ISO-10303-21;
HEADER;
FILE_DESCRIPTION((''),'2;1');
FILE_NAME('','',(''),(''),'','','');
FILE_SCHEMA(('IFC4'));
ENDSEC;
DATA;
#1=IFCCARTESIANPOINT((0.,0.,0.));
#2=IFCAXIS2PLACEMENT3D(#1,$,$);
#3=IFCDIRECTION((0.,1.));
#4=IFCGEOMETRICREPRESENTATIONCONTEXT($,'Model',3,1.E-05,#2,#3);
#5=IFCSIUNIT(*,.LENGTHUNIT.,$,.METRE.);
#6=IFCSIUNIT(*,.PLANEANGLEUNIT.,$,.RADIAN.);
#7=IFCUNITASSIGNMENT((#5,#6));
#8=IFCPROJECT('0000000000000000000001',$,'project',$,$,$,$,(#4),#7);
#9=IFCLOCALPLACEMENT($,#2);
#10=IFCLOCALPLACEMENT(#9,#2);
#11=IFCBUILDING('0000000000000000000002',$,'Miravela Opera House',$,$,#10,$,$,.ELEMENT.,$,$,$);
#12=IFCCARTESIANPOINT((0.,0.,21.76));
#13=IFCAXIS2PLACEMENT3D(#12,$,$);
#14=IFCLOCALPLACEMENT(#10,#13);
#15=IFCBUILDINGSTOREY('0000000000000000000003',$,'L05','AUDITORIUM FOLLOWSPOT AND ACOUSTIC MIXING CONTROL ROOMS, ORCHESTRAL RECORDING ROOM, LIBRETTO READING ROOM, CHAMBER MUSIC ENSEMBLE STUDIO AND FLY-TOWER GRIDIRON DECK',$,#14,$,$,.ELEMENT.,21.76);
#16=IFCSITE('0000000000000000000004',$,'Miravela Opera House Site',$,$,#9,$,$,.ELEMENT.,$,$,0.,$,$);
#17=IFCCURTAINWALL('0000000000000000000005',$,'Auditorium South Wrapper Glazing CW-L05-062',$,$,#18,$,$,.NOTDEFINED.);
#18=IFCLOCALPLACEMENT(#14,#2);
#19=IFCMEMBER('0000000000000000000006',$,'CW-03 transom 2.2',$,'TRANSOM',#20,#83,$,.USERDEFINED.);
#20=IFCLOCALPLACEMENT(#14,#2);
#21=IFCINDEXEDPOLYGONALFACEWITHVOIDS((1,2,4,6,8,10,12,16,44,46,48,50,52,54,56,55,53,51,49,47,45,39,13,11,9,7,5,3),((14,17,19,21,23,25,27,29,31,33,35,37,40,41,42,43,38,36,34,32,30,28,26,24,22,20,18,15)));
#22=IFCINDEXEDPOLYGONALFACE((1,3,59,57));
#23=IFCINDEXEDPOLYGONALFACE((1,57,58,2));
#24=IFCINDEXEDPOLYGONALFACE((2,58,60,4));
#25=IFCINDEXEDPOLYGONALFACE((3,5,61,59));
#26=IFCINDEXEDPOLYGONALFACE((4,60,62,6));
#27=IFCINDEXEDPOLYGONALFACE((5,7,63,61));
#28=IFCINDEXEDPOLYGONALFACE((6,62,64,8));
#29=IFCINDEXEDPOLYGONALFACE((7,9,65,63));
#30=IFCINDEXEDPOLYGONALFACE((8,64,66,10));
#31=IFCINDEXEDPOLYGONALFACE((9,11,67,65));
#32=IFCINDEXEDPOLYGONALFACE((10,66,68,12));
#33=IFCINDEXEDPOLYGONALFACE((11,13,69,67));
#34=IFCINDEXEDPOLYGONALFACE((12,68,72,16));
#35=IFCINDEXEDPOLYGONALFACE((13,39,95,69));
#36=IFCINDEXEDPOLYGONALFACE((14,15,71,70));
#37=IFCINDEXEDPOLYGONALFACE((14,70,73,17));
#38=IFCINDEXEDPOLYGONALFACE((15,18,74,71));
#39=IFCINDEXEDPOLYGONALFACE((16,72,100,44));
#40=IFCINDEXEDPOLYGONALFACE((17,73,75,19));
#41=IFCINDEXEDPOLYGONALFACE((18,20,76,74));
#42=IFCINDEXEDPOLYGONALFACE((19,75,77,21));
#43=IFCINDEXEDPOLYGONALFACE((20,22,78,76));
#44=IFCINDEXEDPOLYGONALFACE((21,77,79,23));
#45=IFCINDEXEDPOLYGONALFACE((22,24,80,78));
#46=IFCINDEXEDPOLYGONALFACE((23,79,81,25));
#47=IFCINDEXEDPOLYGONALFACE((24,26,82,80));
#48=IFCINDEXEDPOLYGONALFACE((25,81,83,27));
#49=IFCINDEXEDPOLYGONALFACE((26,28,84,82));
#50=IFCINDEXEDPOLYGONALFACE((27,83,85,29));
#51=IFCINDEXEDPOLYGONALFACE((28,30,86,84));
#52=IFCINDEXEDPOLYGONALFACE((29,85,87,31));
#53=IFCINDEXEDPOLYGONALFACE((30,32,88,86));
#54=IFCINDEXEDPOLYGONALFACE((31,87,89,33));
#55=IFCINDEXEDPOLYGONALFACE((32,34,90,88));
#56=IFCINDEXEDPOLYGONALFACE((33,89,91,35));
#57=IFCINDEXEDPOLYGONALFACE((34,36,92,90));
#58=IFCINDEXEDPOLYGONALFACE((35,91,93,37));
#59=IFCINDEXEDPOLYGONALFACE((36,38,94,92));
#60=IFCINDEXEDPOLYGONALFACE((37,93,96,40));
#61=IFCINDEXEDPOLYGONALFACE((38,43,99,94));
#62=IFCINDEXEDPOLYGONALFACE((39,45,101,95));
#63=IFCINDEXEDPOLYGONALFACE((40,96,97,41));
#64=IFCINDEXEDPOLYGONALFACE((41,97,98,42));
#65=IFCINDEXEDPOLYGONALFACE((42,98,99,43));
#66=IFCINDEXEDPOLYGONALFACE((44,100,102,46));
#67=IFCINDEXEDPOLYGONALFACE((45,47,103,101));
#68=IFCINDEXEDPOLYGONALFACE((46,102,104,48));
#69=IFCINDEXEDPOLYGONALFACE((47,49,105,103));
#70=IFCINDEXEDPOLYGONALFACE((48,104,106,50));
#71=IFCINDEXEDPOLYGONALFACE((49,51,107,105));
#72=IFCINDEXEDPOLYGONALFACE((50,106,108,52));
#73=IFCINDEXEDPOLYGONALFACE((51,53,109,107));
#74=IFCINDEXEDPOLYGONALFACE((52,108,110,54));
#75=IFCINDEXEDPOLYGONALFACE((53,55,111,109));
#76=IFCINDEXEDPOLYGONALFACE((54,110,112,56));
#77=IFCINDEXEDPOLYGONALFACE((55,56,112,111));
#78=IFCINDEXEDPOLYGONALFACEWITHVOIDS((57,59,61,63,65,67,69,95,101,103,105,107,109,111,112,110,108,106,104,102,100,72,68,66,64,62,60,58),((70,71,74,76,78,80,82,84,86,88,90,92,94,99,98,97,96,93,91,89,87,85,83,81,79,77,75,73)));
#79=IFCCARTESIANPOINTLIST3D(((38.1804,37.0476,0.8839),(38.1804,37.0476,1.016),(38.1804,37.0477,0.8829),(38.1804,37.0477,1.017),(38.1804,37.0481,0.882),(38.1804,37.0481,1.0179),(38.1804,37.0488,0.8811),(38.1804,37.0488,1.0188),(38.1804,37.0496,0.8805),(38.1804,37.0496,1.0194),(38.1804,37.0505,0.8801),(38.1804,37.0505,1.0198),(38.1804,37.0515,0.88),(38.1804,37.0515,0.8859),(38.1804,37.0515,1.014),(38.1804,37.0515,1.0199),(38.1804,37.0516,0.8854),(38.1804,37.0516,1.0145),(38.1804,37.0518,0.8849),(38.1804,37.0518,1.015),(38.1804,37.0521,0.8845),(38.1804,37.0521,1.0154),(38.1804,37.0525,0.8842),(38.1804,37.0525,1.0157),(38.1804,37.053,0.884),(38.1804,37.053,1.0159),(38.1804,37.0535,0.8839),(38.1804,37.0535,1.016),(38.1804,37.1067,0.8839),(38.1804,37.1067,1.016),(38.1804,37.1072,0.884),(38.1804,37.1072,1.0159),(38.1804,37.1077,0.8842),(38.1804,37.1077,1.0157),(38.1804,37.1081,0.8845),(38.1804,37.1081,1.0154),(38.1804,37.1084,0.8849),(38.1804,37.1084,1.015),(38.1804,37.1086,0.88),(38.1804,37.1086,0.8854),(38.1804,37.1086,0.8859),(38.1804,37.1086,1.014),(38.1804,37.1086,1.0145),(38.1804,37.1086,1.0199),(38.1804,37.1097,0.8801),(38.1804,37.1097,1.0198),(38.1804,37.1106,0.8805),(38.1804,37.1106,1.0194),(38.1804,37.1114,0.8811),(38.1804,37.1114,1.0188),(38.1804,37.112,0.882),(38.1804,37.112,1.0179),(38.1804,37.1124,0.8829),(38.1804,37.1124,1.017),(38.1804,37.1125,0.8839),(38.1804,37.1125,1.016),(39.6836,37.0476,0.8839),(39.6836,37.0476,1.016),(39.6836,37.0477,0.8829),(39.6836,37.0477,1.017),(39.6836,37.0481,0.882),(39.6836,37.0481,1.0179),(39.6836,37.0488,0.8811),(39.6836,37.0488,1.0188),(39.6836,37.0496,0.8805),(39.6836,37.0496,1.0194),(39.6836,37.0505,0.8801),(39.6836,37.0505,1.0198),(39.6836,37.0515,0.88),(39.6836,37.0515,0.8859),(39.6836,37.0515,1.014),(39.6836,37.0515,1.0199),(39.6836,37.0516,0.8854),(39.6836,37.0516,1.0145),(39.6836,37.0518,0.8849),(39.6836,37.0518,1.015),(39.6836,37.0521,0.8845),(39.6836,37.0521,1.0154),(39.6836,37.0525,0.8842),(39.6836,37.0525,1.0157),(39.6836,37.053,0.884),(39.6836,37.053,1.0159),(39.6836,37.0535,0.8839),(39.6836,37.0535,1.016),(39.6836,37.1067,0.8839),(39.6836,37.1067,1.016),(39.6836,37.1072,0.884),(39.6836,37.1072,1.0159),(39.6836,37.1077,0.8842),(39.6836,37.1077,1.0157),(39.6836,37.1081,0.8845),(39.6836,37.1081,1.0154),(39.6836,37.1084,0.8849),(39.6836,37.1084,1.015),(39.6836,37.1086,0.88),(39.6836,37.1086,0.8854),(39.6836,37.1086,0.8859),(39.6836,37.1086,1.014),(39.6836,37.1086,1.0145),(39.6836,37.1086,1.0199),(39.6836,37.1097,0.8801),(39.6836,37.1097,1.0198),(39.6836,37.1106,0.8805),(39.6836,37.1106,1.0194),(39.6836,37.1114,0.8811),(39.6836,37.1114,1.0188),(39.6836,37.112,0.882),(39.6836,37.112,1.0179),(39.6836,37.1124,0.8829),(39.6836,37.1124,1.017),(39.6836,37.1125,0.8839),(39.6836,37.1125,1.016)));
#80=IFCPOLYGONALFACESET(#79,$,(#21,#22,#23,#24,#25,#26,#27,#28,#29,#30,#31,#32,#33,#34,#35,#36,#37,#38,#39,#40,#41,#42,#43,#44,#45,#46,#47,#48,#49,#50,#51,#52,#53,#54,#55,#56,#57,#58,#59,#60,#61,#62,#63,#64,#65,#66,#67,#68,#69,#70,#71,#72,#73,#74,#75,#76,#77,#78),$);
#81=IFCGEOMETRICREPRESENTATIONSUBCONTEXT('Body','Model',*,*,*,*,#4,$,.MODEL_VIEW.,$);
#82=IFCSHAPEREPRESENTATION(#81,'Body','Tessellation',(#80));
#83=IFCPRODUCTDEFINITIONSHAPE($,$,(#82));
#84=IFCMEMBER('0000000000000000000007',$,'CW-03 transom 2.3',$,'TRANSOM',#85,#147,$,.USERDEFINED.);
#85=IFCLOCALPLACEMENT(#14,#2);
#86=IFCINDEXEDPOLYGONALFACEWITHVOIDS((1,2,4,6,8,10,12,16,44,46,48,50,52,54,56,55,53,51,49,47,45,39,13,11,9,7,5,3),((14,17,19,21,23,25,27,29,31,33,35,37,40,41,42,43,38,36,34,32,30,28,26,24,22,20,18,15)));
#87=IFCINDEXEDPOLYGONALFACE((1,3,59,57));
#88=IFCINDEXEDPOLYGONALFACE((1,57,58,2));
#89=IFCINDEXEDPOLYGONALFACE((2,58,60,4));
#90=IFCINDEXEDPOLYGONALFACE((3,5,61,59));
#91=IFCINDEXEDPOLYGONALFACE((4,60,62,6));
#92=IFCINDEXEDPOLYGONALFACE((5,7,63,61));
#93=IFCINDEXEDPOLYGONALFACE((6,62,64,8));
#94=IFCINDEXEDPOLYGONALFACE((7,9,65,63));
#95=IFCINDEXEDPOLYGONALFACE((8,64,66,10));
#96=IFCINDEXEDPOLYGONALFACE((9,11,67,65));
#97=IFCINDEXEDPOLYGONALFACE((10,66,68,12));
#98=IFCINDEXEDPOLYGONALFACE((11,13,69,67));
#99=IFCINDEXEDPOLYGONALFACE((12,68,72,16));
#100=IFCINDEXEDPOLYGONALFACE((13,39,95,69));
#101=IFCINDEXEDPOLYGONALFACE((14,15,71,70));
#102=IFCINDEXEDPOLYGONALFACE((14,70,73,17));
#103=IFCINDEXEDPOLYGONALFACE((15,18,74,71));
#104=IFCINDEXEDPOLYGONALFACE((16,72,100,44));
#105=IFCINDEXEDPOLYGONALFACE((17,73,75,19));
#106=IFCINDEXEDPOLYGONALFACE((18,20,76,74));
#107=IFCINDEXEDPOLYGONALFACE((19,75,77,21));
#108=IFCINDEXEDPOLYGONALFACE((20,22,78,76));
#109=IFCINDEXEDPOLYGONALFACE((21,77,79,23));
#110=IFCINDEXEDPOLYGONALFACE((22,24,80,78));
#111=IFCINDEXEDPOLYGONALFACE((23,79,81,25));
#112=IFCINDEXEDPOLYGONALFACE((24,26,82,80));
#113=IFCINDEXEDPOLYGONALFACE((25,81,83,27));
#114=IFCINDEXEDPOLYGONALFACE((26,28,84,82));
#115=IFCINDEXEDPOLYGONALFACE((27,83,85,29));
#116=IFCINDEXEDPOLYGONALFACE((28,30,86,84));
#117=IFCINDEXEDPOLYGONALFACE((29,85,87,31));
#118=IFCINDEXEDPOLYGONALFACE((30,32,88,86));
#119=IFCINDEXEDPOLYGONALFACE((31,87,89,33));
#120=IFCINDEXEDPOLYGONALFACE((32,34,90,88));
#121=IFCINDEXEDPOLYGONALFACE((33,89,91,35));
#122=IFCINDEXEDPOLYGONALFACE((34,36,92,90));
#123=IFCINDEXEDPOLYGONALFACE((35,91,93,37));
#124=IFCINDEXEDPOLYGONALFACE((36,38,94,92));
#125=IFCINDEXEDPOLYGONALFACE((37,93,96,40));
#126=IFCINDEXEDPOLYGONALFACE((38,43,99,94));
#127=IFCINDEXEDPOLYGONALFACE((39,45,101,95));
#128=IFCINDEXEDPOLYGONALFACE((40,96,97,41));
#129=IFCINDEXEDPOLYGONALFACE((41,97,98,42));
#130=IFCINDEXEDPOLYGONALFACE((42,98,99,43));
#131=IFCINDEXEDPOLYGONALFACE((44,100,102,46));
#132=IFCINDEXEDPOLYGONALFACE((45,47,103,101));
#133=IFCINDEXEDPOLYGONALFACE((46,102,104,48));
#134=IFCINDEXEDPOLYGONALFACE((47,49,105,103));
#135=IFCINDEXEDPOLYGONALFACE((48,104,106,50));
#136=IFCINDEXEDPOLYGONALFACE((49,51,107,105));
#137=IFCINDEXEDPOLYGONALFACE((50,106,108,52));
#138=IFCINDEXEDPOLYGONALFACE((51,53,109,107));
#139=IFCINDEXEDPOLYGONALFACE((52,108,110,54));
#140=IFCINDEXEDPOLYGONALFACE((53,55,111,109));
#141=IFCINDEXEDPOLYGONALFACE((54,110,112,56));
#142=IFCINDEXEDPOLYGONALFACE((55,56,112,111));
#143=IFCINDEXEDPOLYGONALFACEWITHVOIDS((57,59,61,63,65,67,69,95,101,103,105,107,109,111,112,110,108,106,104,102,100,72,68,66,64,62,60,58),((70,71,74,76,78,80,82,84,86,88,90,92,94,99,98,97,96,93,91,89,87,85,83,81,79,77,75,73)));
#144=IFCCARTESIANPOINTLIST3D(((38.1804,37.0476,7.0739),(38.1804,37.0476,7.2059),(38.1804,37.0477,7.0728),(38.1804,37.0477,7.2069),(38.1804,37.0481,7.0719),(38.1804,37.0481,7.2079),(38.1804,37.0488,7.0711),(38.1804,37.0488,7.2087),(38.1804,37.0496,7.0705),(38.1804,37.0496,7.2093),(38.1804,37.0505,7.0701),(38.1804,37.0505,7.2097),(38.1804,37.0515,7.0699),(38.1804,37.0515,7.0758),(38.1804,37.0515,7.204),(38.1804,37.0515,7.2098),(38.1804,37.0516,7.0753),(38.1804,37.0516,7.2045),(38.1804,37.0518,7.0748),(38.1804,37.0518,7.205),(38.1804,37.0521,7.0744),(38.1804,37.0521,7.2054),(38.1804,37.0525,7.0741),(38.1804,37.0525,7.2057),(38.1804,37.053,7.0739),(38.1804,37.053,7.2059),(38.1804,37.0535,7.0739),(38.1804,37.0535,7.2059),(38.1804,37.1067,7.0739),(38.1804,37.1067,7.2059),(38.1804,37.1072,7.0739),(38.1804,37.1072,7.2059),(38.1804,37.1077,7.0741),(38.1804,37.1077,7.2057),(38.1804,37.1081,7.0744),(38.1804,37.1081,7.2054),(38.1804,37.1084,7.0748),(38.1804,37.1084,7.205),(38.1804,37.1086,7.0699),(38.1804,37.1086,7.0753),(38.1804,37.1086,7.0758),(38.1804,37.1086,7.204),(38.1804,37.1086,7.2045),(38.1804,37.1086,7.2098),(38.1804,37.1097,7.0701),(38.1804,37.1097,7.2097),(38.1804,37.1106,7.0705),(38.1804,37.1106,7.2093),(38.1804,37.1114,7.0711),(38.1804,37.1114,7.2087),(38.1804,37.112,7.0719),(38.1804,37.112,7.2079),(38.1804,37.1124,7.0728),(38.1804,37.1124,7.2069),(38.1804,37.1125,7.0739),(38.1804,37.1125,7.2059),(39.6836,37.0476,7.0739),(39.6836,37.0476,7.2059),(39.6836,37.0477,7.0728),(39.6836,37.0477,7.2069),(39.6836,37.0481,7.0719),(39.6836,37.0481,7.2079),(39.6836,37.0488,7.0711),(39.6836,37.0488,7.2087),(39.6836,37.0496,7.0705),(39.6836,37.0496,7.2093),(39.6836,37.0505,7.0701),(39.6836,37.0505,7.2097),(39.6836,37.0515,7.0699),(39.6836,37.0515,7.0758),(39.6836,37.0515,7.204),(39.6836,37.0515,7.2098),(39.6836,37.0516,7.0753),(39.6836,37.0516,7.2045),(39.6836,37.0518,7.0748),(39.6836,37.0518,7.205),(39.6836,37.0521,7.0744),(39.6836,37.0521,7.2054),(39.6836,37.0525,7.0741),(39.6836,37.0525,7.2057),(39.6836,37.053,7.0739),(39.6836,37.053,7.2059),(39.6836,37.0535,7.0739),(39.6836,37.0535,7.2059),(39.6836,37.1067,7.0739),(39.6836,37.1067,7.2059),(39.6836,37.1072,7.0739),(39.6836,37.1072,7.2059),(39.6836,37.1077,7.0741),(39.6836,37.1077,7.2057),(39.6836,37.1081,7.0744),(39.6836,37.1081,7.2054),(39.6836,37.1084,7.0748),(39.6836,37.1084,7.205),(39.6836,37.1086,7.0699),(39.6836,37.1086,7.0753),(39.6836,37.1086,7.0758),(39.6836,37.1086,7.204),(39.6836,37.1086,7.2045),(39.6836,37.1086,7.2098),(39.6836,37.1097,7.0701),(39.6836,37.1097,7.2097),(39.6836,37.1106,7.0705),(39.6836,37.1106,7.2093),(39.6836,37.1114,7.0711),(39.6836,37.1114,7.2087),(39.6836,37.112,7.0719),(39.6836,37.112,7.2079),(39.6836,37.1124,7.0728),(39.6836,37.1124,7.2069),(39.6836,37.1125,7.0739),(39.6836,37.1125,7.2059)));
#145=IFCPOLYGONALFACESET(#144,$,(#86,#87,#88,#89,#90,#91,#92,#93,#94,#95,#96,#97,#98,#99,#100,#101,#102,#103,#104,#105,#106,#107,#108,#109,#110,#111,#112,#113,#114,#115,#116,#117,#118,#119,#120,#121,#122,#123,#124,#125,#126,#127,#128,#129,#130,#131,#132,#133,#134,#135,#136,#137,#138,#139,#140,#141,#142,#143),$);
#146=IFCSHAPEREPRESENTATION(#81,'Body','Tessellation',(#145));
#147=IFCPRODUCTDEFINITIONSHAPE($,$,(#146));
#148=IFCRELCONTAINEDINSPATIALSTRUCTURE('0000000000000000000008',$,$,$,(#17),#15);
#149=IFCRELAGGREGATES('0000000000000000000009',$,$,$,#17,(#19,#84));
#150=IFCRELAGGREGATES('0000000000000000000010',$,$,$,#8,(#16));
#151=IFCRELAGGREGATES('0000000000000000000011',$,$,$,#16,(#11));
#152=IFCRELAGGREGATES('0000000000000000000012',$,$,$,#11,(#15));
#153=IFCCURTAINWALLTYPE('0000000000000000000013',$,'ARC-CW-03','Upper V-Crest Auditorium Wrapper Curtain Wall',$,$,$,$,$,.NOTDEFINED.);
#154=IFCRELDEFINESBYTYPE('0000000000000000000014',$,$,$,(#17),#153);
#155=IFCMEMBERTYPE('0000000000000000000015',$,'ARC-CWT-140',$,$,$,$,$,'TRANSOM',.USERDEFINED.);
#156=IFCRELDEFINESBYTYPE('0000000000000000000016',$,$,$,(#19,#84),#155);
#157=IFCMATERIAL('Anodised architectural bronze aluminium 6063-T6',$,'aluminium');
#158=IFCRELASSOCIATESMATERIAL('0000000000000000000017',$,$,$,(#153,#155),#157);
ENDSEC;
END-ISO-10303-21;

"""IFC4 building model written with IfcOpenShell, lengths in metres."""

from ifc_helpers import new_model, si_unit, direction, frame, origin, origin_2d, place, context, subcontext, project, spatial, hollow_rectangle, extrude, material, material_profile, profile_set, type_object, element, aggregate, save


model = new_model("IFC4")

# Units and contexts
model_context = context("Model", 3, precision=1e-05, world=origin(), true_north=direction((0.0, 1.0)))
body_context = subcontext(model_context, "Body", "Model", "MODEL_VIEW")
ifc_project = project(units=[si_unit("LENGTHUNIT", "METRE"), si_unit("PLANEANGLEUNIT", "RADIAN")], contexts=[model_context])

# Site, building, storey
site_placement = place(None, origin())
site = spatial("IfcSite", under=ifc_project, at=site_placement, Name="Miravela Opera House Site", CompositionType="ELEMENT", RefElevation=0.0)
building_placement = place(site_placement, origin())
building = spatial("IfcBuilding", under=site, at=building_placement, Name="Miravela Opera House", CompositionType="ELEMENT")
storey_placement = place(building_placement, frame((0.0, 0.0, 21.76)))
storey = spatial("IfcBuildingStorey", under=building, at=storey_placement, Name="L05", Description="AUDITORIUM FOLLOWSPOT AND ACOUSTIC MIXING CONTROL ROOMS, ORCHESTRAL RECORDING ROOM, LIBRETTO READING ROOM, CHAMBER MUSIC ENSEMBLE STUDIO AND FLY-TOWER GRIDIRON DECK", CompositionType="ELEMENT", Elevation=21.76)

# Curtain wall, members
ifc_material_1 = material(Name="Anodised architectural bronze aluminium 6063-T6", Category="aluminium")
curtain_wall_type = type_object("IfcCurtainWallType", Name="ARC-CW-03", Description="Upper V-Crest Auditorium Wrapper Curtain Wall", PredefinedType="NOTDEFINED", material=ifc_material_1)
curtain_wall_placement = place(storey_placement, origin())
curtain_wall = element("IfcCurtainWall", 1, at=curtain_wall_placement, inside=storey, type_object=curtain_wall_type, Name="Auditorium South Wrapper Glazing CW-L05-062", PredefinedType="NOTDEFINED")
ifc_material_profile = material_profile(ifc_material_1, hollow_rectangle(XDim=0.0649, YDim=0.1399, WallThickness=0.0039, InnerFilletRadius=0.002, OuterFilletRadius=0.0039, at=origin_2d()), Name="CWT-65X140")
ifc_profile_set = profile_set([ifc_material_profile])
member_type = type_object("IfcMemberType", Name="ARC-CWT-140", ElementType="TRANSOM", PredefinedType="USERDEFINED", material=ifc_profile_set)
member_1_placement = place(storey_placement, frame((38.1804, 37.0801, 0.95), z_axis=(1.0, 0.0, 0.0), x_axis=(0.0, 1.0, 0.0)))
member_1 = element("IfcMember", 2, at=member_1_placement, type_object=member_type, Name="CW-03 transom 2.2", ObjectType="TRANSOM", PredefinedType="USERDEFINED", context=body_context, shape_type="SweptSolid", body=[
    extrude(hollow_rectangle(XDim=0.0649, YDim=0.1399, WallThickness=0.0039, InnerFilletRadius=0.002, OuterFilletRadius=0.0039, at=origin_2d()), origin(), (0.0, 0.0, 1.0), 1.5032),
])
member_2_placement = place(storey_placement, frame((38.1804, 37.0801, 7.1399), z_axis=(1.0, 0.0, 0.0), x_axis=(0.0, 1.0, 0.0)))
member_2 = element("IfcMember", 3, at=member_2_placement, type_object=member_type, Name="CW-03 transom 2.3", ObjectType="TRANSOM", PredefinedType="USERDEFINED", context=body_context, shape_type="SweptSolid", body=[
    extrude(hollow_rectangle(XDim=0.0649, YDim=0.1399, WallThickness=0.0039, InnerFilletRadius=0.002, OuterFilletRadius=0.0039, at=origin_2d()), origin(), (0.0, 0.0, 1.0), 1.5032),
])
aggregate(curtain_wall, [member_1, member_2])

save(model, "model.ifc")
